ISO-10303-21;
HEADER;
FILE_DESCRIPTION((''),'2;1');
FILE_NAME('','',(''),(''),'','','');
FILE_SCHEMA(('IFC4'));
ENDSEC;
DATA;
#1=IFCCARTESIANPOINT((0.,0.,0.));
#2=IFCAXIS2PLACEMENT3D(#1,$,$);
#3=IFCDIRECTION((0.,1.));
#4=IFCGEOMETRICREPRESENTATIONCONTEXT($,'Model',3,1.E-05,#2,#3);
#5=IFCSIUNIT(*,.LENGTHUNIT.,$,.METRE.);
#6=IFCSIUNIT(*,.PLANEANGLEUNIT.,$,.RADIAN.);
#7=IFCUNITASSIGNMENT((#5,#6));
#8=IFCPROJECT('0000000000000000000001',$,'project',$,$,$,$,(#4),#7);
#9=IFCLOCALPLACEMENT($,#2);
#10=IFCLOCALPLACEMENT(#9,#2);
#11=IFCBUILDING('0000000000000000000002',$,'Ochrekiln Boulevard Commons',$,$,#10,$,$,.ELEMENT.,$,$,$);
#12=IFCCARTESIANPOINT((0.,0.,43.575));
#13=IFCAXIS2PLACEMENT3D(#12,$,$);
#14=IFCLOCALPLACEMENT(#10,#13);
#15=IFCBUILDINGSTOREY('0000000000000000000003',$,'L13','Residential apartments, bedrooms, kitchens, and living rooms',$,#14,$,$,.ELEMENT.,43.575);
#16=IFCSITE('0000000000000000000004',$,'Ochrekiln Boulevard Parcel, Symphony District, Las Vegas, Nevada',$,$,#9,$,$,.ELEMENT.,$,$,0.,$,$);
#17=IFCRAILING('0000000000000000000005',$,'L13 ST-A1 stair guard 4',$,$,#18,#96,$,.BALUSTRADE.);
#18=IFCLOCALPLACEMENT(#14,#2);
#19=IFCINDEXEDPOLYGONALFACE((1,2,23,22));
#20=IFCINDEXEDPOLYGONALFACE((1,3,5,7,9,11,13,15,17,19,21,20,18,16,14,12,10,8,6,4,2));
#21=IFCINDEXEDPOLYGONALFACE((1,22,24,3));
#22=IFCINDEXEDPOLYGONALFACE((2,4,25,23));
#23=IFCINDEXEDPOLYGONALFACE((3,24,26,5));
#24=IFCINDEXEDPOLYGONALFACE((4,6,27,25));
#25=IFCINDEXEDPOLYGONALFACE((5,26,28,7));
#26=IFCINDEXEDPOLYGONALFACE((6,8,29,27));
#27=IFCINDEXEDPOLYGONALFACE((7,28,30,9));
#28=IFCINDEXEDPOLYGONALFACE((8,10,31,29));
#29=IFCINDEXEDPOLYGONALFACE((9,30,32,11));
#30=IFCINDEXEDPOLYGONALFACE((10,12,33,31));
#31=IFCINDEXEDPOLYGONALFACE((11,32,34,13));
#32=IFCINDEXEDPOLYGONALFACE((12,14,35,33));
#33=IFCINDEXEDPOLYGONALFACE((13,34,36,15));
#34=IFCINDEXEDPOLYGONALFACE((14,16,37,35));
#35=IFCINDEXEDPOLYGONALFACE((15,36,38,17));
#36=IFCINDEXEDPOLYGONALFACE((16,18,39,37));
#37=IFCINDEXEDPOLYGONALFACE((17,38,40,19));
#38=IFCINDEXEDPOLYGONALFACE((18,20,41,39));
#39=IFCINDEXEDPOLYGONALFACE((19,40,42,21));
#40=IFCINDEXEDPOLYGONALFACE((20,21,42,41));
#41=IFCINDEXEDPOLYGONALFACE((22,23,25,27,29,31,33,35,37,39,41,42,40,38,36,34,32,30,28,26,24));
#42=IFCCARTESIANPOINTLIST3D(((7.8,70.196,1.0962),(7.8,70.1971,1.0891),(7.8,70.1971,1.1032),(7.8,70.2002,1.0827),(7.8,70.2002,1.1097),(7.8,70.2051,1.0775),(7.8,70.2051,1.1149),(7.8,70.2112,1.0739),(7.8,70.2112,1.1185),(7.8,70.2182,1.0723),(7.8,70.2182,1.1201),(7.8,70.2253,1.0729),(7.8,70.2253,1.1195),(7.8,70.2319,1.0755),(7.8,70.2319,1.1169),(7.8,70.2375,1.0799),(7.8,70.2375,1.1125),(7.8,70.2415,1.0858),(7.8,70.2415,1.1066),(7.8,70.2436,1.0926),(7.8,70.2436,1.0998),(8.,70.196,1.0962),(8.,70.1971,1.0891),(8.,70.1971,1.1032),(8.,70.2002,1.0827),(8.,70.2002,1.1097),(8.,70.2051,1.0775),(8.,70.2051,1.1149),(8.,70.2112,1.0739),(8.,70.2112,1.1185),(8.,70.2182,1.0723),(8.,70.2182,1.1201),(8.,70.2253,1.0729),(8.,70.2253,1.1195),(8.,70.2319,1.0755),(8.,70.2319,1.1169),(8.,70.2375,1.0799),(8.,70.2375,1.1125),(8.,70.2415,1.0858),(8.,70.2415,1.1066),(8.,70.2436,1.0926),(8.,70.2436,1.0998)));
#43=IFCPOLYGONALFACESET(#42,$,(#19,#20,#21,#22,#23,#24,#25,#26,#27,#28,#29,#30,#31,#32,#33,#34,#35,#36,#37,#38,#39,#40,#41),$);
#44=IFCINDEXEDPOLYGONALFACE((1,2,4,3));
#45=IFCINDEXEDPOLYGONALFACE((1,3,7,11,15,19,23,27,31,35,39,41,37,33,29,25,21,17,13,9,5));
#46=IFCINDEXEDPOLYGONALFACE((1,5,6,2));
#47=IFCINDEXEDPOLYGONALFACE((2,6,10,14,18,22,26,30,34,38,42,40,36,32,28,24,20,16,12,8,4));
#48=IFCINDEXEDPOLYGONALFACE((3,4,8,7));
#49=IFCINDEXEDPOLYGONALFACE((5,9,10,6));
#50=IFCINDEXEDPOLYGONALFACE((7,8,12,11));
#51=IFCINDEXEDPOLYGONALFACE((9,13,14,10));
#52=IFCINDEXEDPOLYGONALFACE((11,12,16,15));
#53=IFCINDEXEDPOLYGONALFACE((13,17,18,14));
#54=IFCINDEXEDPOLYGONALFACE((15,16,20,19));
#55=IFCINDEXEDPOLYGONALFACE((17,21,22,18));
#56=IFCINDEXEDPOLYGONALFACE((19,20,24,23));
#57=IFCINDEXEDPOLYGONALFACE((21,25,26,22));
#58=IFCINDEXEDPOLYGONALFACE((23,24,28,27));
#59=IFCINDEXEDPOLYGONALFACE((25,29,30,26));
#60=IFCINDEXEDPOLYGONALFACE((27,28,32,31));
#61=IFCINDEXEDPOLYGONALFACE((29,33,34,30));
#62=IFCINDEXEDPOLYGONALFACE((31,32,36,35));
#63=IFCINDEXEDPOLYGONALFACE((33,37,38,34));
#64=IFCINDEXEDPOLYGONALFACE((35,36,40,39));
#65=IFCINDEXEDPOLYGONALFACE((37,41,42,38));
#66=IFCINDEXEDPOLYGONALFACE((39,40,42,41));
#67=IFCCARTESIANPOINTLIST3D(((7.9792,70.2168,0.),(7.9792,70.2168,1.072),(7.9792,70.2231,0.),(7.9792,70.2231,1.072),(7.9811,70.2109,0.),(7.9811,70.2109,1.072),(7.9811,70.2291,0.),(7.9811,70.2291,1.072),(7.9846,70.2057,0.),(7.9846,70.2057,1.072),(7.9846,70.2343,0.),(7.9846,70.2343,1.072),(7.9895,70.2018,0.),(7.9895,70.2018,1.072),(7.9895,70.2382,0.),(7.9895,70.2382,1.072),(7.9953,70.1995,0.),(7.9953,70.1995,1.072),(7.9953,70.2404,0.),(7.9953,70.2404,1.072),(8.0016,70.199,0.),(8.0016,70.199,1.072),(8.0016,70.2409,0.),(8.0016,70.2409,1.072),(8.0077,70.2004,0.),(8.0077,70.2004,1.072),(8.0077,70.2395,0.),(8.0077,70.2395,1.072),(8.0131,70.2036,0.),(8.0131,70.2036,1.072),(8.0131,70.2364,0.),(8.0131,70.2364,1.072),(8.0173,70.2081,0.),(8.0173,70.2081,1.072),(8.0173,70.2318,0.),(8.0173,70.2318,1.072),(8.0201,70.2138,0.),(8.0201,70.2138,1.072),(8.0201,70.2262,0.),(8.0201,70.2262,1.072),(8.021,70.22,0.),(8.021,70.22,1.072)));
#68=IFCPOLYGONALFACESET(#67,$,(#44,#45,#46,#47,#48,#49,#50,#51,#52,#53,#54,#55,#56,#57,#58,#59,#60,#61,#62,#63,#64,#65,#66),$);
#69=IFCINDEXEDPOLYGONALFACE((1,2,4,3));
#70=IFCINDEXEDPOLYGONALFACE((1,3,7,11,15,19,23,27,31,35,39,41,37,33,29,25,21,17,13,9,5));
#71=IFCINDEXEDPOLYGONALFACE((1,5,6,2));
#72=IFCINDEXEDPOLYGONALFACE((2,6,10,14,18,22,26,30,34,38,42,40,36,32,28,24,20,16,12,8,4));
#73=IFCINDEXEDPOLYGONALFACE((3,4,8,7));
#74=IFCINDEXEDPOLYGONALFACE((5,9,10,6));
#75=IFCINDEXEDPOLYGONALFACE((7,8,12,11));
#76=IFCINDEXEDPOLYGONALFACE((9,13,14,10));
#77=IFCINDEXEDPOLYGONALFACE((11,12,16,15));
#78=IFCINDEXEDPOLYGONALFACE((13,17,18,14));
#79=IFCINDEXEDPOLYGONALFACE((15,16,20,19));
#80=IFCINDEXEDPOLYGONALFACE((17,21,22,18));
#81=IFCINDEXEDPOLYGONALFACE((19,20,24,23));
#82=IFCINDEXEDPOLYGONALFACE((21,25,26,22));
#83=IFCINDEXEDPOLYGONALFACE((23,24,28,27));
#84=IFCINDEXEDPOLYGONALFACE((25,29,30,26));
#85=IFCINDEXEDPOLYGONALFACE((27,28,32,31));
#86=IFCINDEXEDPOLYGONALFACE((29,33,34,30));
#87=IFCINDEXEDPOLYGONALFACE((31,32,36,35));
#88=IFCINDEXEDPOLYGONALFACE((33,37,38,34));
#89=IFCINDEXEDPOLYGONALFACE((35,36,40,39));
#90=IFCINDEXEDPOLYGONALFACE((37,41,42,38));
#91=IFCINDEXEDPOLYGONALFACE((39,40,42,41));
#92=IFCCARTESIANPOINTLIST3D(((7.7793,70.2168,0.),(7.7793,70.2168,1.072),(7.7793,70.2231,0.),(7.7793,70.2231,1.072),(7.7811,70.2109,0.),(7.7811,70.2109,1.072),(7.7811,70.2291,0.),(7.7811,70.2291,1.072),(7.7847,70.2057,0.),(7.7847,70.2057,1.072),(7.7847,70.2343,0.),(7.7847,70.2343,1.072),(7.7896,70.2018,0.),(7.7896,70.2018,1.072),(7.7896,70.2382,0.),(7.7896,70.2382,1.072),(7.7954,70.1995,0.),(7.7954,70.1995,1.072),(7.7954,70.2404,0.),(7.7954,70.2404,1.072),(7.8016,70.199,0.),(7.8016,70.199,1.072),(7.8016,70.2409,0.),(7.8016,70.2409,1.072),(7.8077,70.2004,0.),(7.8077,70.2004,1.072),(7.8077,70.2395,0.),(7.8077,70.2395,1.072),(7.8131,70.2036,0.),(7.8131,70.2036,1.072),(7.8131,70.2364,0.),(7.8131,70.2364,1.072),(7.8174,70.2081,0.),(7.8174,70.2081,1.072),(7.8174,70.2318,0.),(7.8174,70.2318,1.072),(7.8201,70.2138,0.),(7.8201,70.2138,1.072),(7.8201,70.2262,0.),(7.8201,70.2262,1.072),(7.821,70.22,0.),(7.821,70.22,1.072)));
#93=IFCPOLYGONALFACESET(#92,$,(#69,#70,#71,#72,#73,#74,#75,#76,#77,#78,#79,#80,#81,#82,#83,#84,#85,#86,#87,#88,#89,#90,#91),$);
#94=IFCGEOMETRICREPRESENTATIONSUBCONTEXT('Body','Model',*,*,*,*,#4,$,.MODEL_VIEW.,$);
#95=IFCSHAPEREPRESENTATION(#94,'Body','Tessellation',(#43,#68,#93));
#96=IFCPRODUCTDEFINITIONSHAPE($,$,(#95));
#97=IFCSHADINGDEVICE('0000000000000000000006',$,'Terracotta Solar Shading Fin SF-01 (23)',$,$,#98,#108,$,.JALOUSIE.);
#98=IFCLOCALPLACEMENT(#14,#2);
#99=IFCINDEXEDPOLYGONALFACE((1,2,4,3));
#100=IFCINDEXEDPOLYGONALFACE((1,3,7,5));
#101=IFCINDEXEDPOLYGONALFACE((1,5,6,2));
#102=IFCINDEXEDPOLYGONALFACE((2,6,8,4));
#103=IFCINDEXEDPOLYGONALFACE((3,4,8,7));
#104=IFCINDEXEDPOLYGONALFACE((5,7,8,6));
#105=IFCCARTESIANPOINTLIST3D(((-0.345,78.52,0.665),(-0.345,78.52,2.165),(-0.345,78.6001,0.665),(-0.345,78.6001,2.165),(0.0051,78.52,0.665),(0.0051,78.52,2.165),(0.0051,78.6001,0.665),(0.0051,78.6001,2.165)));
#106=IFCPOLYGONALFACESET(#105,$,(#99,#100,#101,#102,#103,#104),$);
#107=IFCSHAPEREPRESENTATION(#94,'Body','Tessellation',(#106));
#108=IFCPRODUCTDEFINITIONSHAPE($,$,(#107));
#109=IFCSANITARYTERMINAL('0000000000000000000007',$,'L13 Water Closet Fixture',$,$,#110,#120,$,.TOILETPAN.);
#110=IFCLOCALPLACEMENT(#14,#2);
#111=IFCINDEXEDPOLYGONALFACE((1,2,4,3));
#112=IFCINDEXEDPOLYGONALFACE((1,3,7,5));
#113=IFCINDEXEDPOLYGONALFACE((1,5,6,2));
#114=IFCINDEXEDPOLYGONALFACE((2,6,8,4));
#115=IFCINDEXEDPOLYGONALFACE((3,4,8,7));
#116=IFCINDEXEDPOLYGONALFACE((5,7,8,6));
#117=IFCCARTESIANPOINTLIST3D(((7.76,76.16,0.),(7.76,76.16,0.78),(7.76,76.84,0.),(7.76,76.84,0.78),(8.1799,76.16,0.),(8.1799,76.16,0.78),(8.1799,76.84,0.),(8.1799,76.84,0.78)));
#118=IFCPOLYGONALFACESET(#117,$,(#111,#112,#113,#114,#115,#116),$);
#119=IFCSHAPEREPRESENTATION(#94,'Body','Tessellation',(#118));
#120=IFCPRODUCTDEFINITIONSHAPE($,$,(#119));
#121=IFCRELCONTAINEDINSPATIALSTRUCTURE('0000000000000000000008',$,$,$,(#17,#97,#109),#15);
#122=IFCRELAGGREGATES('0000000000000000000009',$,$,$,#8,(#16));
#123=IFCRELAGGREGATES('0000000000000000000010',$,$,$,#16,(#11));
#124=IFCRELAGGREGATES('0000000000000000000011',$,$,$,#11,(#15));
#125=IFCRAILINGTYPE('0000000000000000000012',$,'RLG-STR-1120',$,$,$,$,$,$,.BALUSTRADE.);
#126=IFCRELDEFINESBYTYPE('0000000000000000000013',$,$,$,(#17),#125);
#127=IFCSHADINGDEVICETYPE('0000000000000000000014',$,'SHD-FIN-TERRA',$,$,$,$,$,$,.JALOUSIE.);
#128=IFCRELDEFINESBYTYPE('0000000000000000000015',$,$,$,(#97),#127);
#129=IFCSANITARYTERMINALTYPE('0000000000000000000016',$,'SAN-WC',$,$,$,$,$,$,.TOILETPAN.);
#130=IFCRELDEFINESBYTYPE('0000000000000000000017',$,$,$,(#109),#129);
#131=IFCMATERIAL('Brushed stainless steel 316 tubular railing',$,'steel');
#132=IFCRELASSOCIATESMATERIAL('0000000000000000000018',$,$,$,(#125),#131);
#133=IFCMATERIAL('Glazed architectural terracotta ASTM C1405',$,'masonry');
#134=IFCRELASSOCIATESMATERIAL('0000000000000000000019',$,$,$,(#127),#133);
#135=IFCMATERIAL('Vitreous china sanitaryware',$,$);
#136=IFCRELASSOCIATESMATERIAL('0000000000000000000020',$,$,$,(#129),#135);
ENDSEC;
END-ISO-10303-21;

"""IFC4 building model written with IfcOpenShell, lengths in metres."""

from ifc_helpers import new_model, si_unit, direction, frame, origin, origin_2d, place, context, subcontext, project, spatial, rectangle, circle, extrude, material, type_object, element, save


model = new_model("IFC4")

# Units and contexts
model_context = context("Model", 3, precision=1e-05, world=origin(), true_north=direction((0.0, 1.0)))
body_context = subcontext(model_context, "Body", "Model", "MODEL_VIEW")
ifc_project = project(units=[si_unit("LENGTHUNIT", "METRE"), si_unit("PLANEANGLEUNIT", "RADIAN")], contexts=[model_context])

# Site, building, storey
site_placement = place(None, origin())
site = spatial("IfcSite", under=ifc_project, at=site_placement, Name="Ochrekiln Boulevard Parcel, Symphony District, Las Vegas, Nevada", CompositionType="ELEMENT", RefElevation=0.0)
building_placement = place(site_placement, origin())
building = spatial("IfcBuilding", under=site, at=building_placement, Name="Ochrekiln Boulevard Commons", CompositionType="ELEMENT")
storey_placement = place(building_placement, frame((0.0, 0.0, 43.575)))
storey = spatial("IfcBuildingStorey", under=building, at=storey_placement, Name="L13", Description="Residential apartments, bedrooms, kitchens, and living rooms", CompositionType="ELEMENT", Elevation=43.575)

# Railing
ifc_material_1 = material(Name="Brushed stainless steel 316 tubular railing", Category="steel")
railing_type_1 = type_object("IfcRailingType", Name="RLG-STR-1120", PredefinedType="BALUSTRADE", material=ifc_material_1)
railing_1_placement = place(storey_placement, frame((8.0, 70.22, 0.0)))
element("IfcRailing", 1, at=railing_1_placement, inside=storey, type_object=railing_type_1, Name="L13 ST-A1 stair guard 4", PredefinedType="BALUSTRADE", context=body_context, shape_type="SweptSolid", body=[
    extrude(circle(Radius=0.0239, at=origin_2d()), frame((0.0, 0.0, 1.0962), z_axis=(-1.0, 0.0, 0.0), x_axis=(0.0, -1.0, 0.0)), (0.0, 0.0, 1.0), 0.2),
    extrude(circle(Radius=0.021, at=origin_2d()), origin(), (0.0, 0.0, 1.0), 1.072),
    extrude(circle(Radius=0.021, at=origin_2d()), frame((-0.2, 0.0, 0.0)), (0.0, 0.0, 1.0), 1.072),
])

# Shading device
ifc_material_2 = material(Name="Glazed architectural terracotta ASTM C1405", Category="masonry")
shading_device_type = type_object("IfcShadingDeviceType", Name="SHD-FIN-TERRA", PredefinedType="JALOUSIE", material=ifc_material_2)
shading_device_placement = place(storey_placement, frame((-0.1699, 78.5601, 0.665), z_axis=(0.0, 0.0, 1.0), x_axis=(1.0, 0.0, 0.0)))
element("IfcShadingDevice", 2, at=shading_device_placement, inside=storey, type_object=shading_device_type, Name="Terracotta Solar Shading Fin SF-01 (23)", PredefinedType="JALOUSIE", context=body_context, shape_type="SweptSolid", body=[
    extrude(rectangle(XDim=0.3501, YDim=0.0801, at=origin_2d()), origin(), (0.0, 0.0, 1.0), 1.5),
])

# Sanitary terminal
ifc_material_3 = material(Name="Vitreous china sanitaryware")
sanitary_terminal_type = type_object("IfcSanitaryTerminalType", Name="SAN-WC", PredefinedType="TOILETPAN", material=ifc_material_3)
sanitary_terminal_placement = place(storey_placement, frame((7.97, 76.5, 0.0), z_axis=(0.0, 0.0, 1.0), x_axis=(1.0, 0.0, 0.0)))
element("IfcSanitaryTerminal", 3, at=sanitary_terminal_placement, inside=storey, type_object=sanitary_terminal_type, Name="L13 Water Closet Fixture", PredefinedType="TOILETPAN", context=body_context, shape_type="SweptSolid", body=[
    extrude(rectangle(XDim=0.4199, YDim=0.6799, at=origin_2d()), origin(), (0.0, 0.0, 1.0), 0.78),
])

save(model, "model.ifc")
